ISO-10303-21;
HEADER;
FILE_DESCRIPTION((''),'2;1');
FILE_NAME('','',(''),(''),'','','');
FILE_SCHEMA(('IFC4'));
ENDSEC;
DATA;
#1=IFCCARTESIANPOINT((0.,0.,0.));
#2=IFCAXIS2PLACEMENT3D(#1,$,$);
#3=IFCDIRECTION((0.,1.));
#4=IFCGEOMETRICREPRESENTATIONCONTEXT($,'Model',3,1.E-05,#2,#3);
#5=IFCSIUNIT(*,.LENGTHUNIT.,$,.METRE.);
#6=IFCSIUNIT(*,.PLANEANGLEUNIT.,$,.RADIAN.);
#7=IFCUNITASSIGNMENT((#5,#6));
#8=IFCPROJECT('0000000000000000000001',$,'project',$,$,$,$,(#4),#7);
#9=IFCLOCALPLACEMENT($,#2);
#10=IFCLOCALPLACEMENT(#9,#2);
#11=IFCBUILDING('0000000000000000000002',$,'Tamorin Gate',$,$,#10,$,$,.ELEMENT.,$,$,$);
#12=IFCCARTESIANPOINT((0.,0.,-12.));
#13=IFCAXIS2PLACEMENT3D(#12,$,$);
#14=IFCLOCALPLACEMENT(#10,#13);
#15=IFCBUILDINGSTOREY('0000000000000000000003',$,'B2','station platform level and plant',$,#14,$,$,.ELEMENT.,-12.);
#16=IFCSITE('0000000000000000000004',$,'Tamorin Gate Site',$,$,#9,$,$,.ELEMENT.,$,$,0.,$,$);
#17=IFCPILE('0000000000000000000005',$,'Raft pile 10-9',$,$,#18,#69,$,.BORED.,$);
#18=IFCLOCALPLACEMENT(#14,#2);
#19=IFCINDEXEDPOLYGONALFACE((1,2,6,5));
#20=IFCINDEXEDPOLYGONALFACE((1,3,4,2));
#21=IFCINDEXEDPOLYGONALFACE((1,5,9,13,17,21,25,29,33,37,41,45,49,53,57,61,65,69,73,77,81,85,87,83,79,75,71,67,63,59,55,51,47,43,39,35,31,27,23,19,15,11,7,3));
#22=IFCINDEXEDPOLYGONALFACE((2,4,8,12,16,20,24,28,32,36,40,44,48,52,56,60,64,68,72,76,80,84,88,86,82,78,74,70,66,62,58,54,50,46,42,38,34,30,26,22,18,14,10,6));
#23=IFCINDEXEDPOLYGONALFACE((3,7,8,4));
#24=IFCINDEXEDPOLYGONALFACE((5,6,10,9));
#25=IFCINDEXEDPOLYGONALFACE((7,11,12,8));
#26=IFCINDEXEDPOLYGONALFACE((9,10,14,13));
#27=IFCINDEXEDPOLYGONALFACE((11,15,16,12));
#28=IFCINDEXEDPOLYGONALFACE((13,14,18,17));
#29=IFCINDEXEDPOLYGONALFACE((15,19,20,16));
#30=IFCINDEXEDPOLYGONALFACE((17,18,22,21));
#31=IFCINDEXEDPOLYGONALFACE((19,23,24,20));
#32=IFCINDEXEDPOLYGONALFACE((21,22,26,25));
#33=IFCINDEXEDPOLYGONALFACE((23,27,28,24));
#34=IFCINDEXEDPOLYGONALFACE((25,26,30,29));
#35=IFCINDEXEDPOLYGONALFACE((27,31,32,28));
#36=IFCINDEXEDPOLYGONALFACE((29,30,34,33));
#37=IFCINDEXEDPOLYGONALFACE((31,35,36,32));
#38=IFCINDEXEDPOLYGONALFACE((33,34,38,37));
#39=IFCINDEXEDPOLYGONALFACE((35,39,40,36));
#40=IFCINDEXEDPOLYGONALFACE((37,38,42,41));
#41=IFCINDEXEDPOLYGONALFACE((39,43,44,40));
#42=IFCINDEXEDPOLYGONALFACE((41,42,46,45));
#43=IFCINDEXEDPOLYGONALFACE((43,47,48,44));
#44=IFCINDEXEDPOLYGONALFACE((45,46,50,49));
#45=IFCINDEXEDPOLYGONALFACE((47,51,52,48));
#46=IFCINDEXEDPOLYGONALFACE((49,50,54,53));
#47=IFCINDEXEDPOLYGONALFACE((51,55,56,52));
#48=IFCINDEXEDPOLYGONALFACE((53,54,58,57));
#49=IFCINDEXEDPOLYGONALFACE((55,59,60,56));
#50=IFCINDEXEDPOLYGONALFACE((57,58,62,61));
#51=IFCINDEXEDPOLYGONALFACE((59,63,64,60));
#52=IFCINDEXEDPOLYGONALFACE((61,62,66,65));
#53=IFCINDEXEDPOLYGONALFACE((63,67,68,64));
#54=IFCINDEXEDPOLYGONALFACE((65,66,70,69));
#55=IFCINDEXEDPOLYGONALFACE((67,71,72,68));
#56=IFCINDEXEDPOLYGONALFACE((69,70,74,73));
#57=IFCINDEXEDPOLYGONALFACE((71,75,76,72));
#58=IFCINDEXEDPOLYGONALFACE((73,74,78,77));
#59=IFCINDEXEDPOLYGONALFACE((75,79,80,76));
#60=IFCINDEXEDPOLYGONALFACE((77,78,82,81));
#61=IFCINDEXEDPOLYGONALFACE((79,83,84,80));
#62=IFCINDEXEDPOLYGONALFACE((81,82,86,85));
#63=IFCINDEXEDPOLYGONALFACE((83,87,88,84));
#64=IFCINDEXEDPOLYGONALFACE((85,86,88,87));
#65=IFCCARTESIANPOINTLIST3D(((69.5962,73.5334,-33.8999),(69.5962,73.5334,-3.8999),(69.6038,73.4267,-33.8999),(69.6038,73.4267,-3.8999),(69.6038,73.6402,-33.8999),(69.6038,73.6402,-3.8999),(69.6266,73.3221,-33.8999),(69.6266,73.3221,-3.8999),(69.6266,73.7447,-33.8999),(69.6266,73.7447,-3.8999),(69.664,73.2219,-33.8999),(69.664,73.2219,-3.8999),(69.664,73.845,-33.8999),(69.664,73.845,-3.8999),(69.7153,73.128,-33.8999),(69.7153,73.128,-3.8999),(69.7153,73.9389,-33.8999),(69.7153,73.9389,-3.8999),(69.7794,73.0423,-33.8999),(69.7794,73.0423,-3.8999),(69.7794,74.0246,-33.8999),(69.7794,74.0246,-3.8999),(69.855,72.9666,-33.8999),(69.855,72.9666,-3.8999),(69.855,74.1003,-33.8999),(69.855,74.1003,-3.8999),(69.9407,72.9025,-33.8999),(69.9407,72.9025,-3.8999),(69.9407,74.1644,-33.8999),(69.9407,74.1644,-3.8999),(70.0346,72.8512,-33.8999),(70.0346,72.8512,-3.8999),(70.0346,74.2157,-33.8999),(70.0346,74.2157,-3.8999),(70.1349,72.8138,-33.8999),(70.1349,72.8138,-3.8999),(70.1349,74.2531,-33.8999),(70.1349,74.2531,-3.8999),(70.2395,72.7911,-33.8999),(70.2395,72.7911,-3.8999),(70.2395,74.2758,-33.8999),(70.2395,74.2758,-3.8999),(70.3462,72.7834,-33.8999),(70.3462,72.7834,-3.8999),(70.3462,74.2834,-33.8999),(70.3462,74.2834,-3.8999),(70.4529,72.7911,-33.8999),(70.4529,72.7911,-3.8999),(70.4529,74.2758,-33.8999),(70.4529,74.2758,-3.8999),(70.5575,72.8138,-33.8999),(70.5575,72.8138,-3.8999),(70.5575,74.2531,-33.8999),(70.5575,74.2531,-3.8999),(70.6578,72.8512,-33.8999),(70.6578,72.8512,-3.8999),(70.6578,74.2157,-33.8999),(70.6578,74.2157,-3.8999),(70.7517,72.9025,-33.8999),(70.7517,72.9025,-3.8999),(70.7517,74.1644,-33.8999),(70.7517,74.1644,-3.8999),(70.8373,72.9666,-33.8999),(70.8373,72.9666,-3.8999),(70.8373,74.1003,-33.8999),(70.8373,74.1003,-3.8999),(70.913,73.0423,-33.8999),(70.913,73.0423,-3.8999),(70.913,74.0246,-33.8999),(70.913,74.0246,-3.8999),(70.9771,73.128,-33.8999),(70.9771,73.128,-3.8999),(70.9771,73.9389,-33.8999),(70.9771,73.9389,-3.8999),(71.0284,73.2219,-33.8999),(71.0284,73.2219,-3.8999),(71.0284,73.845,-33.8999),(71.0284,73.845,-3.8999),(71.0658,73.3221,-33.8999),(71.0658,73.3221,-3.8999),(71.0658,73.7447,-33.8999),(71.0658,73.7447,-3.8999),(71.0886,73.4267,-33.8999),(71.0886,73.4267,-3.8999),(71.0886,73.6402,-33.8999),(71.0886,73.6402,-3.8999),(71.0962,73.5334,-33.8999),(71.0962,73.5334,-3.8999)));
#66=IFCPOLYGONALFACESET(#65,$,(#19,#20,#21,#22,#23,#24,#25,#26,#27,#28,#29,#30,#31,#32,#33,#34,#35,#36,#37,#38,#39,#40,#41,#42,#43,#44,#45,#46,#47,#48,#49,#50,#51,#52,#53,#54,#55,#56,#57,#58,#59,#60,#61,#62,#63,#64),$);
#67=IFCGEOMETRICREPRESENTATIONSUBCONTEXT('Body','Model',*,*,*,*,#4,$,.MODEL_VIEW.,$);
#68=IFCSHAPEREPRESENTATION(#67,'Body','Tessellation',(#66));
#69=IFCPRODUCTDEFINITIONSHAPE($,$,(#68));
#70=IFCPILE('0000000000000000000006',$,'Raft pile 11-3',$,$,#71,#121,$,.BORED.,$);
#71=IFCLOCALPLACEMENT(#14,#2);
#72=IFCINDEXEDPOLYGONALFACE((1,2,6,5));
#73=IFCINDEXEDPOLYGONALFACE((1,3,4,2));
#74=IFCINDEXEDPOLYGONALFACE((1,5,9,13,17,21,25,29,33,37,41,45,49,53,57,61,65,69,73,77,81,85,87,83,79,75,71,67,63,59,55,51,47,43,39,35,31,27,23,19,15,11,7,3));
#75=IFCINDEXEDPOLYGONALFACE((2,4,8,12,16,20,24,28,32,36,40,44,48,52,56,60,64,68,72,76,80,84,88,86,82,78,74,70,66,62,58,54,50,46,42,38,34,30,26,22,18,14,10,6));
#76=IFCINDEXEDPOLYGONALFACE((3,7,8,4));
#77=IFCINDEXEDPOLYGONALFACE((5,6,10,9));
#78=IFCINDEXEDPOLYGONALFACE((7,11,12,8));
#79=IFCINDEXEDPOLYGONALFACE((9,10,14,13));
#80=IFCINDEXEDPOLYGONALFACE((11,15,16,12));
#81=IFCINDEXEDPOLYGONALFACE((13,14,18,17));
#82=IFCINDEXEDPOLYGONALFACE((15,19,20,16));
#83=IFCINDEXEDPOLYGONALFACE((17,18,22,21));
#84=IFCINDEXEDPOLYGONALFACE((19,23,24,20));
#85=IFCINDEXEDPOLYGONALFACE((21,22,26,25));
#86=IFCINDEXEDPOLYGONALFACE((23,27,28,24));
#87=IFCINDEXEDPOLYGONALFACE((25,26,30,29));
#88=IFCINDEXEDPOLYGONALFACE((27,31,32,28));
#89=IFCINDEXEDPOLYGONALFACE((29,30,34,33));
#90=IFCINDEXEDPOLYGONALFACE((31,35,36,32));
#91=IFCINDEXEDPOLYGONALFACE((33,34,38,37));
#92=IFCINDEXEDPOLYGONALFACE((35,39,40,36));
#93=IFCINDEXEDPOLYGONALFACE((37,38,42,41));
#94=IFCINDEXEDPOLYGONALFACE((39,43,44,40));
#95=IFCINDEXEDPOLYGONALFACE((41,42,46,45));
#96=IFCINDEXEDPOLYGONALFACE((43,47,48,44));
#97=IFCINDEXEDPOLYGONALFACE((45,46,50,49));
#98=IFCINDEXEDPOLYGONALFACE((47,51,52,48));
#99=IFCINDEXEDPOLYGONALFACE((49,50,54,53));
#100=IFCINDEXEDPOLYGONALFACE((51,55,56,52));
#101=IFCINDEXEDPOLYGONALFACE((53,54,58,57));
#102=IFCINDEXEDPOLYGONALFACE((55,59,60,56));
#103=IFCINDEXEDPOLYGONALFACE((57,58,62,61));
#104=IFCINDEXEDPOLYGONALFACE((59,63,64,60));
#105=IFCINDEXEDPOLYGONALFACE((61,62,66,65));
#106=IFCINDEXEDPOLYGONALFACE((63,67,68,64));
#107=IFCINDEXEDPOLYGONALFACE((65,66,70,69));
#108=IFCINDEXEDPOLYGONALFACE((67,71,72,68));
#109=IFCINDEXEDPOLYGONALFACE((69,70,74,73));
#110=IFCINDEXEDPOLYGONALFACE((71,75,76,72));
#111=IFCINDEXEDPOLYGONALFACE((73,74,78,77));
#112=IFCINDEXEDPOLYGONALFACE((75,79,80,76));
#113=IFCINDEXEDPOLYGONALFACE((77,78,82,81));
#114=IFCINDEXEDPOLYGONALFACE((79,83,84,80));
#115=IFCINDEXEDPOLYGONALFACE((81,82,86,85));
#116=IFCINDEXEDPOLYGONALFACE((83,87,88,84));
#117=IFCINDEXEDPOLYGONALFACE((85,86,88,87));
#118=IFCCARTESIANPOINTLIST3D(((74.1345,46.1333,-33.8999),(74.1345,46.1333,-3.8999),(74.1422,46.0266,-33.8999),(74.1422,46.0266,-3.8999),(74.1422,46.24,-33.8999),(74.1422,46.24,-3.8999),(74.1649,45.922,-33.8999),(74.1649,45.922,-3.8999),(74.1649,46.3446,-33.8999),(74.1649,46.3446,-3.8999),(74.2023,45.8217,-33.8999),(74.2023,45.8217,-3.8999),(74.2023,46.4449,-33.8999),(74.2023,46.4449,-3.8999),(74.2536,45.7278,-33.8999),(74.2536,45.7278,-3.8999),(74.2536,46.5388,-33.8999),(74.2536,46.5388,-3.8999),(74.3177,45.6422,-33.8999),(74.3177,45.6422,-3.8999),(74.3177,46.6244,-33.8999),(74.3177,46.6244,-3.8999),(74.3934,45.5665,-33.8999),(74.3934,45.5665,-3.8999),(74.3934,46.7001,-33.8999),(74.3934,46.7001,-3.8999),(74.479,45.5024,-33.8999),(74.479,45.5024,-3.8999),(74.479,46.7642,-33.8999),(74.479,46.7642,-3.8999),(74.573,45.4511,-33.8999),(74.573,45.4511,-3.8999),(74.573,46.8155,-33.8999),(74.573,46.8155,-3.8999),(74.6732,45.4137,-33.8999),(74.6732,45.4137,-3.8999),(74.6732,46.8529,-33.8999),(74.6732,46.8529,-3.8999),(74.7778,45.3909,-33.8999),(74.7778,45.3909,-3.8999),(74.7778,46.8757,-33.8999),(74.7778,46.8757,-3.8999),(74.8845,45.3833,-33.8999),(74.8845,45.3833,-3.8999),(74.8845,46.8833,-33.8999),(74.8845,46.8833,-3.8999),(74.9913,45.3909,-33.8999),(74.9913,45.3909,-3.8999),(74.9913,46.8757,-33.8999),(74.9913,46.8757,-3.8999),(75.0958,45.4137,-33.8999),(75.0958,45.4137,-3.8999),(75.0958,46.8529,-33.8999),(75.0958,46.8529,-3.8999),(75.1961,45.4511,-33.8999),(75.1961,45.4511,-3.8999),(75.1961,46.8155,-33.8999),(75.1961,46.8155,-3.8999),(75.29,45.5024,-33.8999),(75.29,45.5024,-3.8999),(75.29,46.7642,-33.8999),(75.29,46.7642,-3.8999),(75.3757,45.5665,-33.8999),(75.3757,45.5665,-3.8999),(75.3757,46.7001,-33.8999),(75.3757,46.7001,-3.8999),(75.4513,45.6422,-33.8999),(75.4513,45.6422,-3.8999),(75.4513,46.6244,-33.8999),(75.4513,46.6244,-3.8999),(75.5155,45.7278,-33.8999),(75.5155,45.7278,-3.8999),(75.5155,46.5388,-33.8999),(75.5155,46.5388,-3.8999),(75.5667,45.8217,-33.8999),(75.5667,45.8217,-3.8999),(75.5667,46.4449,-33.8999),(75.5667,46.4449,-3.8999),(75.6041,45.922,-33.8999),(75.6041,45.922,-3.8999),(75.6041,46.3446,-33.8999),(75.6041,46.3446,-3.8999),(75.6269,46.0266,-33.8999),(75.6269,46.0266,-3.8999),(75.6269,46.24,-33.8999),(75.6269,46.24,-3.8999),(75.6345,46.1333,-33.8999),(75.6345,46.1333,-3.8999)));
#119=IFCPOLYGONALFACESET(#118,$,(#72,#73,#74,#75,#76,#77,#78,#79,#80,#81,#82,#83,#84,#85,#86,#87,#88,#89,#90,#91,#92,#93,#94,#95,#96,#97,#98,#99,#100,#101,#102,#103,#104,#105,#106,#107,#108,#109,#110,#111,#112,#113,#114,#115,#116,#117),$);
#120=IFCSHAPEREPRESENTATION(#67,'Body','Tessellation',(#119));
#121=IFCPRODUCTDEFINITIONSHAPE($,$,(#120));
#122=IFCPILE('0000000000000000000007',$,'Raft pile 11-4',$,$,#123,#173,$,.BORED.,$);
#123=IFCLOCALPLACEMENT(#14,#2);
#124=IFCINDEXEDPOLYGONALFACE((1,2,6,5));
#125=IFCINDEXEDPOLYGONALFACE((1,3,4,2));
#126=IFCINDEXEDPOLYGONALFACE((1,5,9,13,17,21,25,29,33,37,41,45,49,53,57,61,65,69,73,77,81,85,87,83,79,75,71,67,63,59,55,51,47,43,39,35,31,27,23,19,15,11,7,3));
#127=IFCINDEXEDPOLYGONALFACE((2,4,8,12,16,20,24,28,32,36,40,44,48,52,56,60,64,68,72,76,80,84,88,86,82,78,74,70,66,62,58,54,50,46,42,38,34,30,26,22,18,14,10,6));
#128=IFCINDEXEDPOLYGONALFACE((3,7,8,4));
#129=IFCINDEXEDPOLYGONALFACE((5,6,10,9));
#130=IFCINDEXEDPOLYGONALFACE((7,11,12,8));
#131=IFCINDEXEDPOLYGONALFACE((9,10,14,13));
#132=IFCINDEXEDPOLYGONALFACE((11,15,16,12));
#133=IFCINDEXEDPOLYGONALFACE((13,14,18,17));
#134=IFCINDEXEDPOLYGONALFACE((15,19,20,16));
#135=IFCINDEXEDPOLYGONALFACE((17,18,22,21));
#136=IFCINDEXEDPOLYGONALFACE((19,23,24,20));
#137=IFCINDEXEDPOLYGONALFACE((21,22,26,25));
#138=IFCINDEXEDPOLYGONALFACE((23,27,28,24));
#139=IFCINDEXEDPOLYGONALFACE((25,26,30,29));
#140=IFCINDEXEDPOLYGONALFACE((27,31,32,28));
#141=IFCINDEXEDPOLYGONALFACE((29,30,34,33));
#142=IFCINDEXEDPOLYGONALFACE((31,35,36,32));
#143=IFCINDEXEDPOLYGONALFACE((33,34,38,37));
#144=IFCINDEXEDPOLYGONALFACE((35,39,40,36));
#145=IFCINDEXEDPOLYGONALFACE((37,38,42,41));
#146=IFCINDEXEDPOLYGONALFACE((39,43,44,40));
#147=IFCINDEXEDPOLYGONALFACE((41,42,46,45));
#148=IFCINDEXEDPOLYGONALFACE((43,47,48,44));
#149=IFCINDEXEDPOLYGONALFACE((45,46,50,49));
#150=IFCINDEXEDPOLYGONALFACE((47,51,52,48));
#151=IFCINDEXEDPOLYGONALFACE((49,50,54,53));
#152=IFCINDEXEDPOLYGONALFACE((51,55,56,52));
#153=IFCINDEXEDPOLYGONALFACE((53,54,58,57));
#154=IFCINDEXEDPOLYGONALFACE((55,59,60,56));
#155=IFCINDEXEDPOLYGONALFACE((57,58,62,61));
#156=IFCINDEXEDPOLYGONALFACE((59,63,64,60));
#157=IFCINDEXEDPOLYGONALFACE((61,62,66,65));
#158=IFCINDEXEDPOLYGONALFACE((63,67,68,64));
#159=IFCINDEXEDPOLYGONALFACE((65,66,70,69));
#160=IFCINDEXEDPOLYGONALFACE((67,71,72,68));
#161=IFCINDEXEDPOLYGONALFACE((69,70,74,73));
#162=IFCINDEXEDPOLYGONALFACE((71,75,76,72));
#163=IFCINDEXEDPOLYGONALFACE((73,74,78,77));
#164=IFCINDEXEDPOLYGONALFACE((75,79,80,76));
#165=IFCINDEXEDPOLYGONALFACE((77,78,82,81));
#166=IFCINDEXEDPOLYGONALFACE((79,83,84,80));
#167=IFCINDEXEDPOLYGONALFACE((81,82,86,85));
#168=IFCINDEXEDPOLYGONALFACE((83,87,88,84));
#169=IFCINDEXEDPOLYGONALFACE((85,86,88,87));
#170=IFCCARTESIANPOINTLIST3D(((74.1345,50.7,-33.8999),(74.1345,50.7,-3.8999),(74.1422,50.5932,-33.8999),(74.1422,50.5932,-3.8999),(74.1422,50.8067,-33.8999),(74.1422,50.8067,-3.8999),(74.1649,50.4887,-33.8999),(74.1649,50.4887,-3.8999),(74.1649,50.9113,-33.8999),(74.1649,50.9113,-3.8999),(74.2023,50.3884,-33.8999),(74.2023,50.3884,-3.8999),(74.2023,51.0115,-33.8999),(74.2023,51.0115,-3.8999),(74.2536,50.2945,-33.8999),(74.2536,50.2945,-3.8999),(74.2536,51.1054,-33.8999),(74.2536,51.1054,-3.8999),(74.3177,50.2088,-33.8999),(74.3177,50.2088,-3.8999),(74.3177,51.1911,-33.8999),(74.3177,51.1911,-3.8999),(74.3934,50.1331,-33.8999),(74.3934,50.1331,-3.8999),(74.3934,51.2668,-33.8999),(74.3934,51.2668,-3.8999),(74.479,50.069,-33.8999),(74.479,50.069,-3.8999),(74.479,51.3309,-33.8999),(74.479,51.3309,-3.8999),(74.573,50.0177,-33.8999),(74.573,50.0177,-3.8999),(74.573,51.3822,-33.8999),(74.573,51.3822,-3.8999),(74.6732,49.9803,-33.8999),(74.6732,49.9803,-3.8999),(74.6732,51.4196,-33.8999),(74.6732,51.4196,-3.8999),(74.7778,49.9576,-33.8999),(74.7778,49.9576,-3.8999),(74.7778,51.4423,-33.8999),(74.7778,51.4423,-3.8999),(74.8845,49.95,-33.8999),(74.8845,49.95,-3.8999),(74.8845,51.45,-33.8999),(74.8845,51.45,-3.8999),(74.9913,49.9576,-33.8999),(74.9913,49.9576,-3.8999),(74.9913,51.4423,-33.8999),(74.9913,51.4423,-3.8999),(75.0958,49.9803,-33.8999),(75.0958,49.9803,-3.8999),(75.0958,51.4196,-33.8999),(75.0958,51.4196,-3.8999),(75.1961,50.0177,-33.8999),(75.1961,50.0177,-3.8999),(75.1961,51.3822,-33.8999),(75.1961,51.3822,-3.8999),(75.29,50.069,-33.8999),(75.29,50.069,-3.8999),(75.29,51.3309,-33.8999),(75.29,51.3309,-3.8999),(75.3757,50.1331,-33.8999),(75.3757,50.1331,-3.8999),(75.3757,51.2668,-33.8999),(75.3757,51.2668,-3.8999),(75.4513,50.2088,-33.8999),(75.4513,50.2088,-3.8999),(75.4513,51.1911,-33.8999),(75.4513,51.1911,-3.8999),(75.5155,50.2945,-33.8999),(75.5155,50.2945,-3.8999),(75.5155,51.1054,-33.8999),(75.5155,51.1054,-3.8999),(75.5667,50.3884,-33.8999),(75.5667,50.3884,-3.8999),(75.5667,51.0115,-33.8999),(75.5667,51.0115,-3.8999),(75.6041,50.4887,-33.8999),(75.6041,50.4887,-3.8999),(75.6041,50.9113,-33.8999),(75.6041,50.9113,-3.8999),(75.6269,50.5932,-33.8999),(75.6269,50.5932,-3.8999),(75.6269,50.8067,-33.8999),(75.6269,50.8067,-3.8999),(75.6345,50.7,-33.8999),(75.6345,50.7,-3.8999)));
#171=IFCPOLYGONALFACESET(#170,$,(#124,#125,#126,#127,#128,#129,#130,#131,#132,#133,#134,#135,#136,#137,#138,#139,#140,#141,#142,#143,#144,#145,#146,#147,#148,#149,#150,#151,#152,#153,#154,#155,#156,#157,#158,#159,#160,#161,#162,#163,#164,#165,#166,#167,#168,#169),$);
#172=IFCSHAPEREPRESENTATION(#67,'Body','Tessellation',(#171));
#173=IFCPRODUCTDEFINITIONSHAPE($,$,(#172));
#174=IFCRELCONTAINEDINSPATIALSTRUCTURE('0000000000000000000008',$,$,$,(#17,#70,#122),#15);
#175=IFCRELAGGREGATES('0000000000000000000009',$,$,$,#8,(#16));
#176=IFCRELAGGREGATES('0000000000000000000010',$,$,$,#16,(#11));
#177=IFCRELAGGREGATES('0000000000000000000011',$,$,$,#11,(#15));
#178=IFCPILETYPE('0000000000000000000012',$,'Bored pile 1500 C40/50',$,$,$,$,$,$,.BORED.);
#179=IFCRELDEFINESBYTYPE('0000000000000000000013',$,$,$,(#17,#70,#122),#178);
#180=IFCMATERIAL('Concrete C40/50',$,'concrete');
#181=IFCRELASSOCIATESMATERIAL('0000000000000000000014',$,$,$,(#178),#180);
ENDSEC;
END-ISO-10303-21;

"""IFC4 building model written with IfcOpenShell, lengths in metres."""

from ifc_helpers import new_model, si_unit, direction, frame, origin, origin_2d, place, context, subcontext, project, spatial, circle, extrude, material, material_profile, profile_set, type_object, element, save


model = new_model("IFC4")

# Units and contexts
model_context = context("Model", 3, precision=1e-05, world=origin(), true_north=direction((0.0, 1.0)))
body_context = subcontext(model_context, "Body", "Model", "MODEL_VIEW")
ifc_project = project(units=[si_unit("LENGTHUNIT", "METRE"), si_unit("PLANEANGLEUNIT", "RADIAN")], contexts=[model_context])

# Site, building, storey
site_placement = place(None, origin())
site = spatial("IfcSite", under=ifc_project, at=site_placement, Name="Tamorin Gate Site", CompositionType="ELEMENT", RefElevation=0.0)
building_placement = place(site_placement, origin())
building = spatial("IfcBuilding", under=site, at=building_placement, Name="Tamorin Gate", CompositionType="ELEMENT")
storey_placement = place(building_placement, frame((0.0, 0.0, -12.0)))
storey = spatial("IfcBuildingStorey", under=building, at=storey_placement, Name="B2", Description="station platform level and plant", CompositionType="ELEMENT", Elevation=-12.0)

# Piles
ifc_material_1 = material(Name="Concrete C40/50", Category="concrete")
ifc_material_profile_1 = material_profile(ifc_material_1, circle(Radius=0.75, at=origin_2d()))
ifc_profile_set_1 = profile_set([ifc_material_profile_1], Name="Concrete C40/50")
pile_type = type_object("IfcPileType", Name="Bored pile 1500 C40/50", PredefinedType="BORED", material=ifc_profile_set_1)
for number, where, z_axis, x_axis, name in (
    (1, (70.3462, 73.5334, -3.8999), (0.0, 0.0, -1.0), (1.0, 0.0, 0.0), "Raft pile 10-9"),
    (2, (74.8845, 46.1333, -3.8999), (0.0, 0.0, -1.0), (1.0, 0.0, 0.0), "Raft pile 11-3"),
    (3, (74.8845, 50.7, -3.8999), (0.0, 0.0, -1.0), (1.0, 0.0, 0.0), "Raft pile 11-4"),
):
    element("IfcPile", number, at=place(storey_placement, frame(where, z_axis=z_axis, x_axis=x_axis)), inside=storey, type_object=pile_type, Name=name, PredefinedType="BORED", context=body_context, shape_type="SweptSolid", body=[
        extrude(circle(Radius=0.75, at=origin_2d()), origin(), (0.0, 0.0, 1.0), 30.0),
    ])

save(model, "model.ifc")
